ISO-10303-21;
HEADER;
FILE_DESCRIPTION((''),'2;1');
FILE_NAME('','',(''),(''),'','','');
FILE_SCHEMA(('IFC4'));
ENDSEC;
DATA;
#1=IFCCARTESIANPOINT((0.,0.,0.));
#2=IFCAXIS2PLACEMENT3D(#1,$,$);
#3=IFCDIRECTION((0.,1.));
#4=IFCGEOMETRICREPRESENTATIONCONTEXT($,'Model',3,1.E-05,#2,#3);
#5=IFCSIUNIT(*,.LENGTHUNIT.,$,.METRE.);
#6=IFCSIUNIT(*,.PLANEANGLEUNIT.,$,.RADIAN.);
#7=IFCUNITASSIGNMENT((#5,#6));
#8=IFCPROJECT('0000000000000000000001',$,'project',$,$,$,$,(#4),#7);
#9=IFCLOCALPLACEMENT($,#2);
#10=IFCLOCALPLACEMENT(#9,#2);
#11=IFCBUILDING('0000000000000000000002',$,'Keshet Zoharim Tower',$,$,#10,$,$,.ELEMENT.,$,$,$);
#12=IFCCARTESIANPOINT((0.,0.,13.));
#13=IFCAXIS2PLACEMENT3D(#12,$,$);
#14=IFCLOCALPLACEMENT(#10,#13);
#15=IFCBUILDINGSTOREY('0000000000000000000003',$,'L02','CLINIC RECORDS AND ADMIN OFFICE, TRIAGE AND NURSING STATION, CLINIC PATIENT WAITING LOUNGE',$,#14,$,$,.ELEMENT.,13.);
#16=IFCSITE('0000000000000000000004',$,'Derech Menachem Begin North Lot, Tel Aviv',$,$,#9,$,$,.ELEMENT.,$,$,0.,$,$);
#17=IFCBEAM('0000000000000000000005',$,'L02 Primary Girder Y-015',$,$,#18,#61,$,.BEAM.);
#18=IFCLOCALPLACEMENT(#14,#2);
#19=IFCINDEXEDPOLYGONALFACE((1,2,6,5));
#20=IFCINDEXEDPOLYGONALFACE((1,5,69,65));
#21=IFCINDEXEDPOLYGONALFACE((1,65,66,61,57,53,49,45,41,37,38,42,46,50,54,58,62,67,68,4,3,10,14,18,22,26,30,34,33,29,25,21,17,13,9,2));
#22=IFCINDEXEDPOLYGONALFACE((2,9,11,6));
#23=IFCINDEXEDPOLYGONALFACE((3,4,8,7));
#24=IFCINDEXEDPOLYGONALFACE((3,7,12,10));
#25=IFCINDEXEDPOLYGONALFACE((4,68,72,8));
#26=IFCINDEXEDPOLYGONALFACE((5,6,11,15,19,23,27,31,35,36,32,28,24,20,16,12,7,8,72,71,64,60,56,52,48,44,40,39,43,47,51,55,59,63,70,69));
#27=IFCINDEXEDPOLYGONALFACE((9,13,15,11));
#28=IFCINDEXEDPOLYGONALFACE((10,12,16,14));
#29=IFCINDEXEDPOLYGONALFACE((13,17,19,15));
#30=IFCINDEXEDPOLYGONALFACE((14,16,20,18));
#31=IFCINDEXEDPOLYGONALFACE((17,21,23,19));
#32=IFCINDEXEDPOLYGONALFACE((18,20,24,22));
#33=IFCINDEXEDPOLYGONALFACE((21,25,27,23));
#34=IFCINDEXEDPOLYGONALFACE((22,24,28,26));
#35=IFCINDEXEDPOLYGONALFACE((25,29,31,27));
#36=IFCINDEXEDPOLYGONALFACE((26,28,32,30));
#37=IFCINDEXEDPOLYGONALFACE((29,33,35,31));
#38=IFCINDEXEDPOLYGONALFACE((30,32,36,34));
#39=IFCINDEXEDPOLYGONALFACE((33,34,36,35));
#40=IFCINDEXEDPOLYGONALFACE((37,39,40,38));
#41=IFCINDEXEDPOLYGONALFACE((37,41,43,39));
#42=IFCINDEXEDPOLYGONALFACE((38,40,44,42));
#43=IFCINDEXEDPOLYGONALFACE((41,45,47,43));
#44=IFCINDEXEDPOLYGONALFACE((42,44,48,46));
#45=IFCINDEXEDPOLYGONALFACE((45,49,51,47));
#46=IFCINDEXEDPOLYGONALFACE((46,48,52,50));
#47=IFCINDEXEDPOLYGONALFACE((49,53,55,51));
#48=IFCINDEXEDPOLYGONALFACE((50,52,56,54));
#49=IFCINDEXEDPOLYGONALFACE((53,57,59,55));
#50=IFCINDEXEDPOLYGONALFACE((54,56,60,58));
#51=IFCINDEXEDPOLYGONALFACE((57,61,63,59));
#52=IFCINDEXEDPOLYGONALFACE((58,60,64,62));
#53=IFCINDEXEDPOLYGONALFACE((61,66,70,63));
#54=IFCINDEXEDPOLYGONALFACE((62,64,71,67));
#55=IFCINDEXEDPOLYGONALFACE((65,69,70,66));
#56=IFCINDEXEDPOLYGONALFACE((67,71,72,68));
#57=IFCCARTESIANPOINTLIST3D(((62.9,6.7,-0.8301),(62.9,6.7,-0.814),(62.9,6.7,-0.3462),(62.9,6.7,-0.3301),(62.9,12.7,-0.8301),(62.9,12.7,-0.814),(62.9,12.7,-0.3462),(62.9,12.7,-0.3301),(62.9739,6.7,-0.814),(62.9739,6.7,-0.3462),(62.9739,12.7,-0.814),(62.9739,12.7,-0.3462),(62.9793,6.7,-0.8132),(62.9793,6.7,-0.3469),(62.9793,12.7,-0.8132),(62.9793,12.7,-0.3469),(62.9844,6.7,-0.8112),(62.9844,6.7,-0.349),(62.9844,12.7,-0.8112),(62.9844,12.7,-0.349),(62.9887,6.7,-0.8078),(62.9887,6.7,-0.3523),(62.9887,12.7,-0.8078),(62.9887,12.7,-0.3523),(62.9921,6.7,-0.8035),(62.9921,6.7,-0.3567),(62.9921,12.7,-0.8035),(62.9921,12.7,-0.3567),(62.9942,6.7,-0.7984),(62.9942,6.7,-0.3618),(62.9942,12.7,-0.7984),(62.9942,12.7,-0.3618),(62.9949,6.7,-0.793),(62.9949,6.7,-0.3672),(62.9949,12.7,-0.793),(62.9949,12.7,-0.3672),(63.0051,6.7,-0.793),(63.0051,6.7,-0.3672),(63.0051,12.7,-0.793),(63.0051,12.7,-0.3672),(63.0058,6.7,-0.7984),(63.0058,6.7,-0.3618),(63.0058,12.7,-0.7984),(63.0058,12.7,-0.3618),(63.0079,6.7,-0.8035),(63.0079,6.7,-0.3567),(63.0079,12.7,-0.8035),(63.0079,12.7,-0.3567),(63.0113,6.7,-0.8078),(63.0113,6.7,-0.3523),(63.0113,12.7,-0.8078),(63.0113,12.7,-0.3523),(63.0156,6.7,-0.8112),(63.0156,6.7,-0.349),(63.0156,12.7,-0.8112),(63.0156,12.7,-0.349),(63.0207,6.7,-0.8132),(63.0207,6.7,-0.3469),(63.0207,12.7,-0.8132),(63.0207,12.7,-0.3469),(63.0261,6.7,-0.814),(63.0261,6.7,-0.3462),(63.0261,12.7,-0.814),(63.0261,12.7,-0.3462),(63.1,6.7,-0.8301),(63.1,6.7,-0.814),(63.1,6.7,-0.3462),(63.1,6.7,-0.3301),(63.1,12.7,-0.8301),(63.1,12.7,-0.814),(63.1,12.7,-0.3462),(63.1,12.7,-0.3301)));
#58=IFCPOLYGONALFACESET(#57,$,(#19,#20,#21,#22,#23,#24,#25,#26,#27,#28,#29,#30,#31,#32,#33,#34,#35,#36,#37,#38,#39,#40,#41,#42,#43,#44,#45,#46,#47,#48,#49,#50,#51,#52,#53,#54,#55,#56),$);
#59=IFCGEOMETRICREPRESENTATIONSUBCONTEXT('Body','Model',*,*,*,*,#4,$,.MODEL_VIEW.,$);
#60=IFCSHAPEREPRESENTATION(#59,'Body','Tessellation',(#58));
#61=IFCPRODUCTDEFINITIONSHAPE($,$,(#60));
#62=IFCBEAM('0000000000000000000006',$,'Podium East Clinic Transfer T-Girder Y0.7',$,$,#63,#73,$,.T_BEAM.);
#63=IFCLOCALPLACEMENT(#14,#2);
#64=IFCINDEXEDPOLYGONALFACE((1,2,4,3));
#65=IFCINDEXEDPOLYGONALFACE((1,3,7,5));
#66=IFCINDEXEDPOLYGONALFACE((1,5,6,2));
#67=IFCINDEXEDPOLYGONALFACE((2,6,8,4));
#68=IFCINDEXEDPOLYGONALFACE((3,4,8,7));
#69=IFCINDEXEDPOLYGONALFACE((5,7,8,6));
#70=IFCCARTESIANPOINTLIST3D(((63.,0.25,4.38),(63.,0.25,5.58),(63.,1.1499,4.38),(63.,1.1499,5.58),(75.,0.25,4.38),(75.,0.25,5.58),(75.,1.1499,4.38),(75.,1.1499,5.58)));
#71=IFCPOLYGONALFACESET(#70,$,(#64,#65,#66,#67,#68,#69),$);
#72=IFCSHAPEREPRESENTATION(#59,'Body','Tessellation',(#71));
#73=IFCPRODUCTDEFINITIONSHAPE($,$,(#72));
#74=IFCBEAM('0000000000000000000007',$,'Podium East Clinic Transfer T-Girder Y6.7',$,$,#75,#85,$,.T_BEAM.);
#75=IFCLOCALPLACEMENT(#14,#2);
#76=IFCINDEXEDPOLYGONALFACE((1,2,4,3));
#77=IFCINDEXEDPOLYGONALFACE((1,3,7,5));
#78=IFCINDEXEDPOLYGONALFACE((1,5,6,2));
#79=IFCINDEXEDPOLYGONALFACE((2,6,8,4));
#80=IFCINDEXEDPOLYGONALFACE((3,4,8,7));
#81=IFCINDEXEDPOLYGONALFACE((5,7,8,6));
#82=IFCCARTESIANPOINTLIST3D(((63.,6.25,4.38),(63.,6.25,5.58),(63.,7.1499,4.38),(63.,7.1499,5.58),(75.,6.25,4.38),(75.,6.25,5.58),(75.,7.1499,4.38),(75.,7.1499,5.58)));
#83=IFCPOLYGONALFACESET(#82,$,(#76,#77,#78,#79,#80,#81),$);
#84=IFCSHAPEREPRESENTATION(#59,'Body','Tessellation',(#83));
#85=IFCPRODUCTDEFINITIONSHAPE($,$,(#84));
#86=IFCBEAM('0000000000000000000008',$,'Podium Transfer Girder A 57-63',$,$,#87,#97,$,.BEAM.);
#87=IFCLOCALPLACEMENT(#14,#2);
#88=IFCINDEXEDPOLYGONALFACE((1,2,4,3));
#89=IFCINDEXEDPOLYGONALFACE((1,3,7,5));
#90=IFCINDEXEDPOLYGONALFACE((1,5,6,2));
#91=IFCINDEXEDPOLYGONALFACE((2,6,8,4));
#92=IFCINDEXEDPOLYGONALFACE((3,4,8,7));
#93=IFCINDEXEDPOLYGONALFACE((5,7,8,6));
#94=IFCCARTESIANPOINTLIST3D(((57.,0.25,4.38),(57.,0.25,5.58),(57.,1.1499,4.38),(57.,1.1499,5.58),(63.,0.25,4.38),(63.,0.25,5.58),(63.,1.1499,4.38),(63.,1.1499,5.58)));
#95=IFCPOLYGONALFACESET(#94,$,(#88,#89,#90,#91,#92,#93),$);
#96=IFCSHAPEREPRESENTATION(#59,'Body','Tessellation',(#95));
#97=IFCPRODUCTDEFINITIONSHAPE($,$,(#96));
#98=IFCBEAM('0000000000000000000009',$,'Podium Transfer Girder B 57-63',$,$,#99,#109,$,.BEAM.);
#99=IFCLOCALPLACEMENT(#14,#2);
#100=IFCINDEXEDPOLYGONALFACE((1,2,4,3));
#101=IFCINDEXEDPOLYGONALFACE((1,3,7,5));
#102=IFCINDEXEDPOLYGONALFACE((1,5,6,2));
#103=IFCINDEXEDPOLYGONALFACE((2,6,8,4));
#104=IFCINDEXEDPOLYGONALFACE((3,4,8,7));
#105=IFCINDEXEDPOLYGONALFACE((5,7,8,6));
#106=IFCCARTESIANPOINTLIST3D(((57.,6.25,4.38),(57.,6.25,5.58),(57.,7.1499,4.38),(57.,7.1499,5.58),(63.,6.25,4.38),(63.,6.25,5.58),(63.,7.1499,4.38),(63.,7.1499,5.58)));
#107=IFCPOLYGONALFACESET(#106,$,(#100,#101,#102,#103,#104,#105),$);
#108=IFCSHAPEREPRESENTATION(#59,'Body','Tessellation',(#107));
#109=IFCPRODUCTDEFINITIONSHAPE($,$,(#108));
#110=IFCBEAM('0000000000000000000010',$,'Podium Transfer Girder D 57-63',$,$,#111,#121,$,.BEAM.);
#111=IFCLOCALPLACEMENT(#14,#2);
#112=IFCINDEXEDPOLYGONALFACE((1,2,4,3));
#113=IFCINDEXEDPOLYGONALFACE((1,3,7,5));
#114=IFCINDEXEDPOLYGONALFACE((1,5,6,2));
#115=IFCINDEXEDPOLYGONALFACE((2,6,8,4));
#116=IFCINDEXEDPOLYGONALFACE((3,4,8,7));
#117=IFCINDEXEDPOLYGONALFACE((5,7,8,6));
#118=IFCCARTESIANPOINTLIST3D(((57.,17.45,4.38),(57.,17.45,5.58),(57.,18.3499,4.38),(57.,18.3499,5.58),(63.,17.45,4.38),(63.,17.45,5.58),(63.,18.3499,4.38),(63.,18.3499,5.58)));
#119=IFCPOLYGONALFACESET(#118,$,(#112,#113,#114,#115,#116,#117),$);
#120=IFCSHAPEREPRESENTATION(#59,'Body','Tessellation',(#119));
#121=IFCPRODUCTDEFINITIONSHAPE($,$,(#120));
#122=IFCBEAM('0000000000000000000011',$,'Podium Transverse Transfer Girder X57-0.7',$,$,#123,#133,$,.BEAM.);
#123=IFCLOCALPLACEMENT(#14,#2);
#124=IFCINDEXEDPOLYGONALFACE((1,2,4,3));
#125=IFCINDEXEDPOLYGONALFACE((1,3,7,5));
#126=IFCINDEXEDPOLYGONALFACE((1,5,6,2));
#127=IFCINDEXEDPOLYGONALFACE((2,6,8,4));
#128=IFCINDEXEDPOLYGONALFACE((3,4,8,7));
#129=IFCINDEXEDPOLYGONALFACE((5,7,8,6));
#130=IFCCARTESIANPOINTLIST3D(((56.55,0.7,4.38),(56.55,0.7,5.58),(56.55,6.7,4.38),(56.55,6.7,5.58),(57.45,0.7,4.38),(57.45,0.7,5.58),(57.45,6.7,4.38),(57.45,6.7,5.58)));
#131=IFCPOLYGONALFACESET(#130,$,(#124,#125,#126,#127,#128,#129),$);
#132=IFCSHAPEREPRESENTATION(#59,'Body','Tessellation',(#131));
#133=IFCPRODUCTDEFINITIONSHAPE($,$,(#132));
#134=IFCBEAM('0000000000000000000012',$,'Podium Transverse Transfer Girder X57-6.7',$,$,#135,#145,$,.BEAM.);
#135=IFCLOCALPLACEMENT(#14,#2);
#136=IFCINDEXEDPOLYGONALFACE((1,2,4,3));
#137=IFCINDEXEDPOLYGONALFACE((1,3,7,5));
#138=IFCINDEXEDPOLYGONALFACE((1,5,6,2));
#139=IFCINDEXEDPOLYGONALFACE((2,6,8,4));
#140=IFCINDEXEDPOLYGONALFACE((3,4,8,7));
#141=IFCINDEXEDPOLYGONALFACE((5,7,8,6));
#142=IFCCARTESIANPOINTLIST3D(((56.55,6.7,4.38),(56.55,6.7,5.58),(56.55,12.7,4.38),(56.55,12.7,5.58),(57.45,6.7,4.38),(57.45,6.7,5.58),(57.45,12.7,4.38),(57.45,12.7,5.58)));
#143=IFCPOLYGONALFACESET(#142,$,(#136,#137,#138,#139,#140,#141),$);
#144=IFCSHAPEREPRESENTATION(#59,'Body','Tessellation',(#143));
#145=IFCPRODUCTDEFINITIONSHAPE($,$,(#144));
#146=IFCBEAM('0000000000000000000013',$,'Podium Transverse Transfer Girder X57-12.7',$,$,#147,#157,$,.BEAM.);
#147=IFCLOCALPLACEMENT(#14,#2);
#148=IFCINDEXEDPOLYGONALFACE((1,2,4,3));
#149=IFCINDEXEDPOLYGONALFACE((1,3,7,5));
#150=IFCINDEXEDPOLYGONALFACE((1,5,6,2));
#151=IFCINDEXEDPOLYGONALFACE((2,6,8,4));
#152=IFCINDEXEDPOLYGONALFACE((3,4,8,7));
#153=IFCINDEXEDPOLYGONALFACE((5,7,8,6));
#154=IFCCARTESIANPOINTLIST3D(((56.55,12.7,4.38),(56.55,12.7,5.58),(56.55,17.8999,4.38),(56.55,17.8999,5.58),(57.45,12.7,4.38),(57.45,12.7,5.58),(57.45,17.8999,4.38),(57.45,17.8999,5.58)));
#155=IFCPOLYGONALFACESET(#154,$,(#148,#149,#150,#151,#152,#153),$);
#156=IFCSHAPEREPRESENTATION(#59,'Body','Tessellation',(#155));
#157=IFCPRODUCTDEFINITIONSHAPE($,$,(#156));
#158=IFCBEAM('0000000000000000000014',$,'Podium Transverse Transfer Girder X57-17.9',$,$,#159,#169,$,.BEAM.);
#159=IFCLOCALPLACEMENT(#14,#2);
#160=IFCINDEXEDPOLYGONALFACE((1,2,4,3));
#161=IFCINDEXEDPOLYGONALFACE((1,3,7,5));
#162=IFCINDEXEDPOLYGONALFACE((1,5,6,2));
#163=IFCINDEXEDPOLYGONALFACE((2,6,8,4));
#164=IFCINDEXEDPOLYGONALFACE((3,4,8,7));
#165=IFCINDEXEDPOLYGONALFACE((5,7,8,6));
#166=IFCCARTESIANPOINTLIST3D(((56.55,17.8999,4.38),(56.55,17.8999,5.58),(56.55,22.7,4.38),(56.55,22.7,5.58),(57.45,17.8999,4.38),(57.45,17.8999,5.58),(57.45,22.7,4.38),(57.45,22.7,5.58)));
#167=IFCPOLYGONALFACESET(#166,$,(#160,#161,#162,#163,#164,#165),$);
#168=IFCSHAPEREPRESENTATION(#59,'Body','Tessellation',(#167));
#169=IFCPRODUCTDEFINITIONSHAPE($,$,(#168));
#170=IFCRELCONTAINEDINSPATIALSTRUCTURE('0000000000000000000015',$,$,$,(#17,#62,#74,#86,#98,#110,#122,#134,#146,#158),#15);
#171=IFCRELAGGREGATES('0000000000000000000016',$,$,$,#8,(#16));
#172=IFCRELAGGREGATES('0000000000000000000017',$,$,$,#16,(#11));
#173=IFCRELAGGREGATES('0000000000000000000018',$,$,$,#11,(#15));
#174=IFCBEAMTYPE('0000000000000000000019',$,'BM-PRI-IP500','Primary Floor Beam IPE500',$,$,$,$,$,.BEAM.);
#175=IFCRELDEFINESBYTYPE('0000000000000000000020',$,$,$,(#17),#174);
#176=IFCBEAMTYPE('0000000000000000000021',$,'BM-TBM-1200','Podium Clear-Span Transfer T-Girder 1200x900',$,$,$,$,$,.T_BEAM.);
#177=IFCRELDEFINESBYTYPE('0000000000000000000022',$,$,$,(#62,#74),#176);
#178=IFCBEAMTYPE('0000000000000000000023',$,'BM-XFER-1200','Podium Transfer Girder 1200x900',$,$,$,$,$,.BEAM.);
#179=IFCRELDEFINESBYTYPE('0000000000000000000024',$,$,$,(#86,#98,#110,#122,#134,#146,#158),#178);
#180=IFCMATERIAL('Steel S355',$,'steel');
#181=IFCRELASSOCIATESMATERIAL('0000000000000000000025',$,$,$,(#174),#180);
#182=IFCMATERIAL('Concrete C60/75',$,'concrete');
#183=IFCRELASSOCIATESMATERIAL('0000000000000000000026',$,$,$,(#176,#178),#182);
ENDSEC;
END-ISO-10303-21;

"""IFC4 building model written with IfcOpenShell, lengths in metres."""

from ifc_helpers import new_model, si_unit, direction, frame, origin, origin_2d, place, context, subcontext, project, spatial, rectangle, i_section, extrude, material, material_profile, profile_set, type_object, element, save


model = new_model("IFC4")

# Units and contexts
model_context = context("Model", 3, precision=1e-05, world=origin(), true_north=direction((0.0, 1.0)))
body_context = subcontext(model_context, "Body", "Model", "MODEL_VIEW")
ifc_project = project(units=[si_unit("LENGTHUNIT", "METRE"), si_unit("PLANEANGLEUNIT", "RADIAN")], contexts=[model_context])

# Site, building, storey
site_placement = place(None, origin())
site = spatial("IfcSite", under=ifc_project, at=site_placement, Name="Derech Menachem Begin North Lot, Tel Aviv", CompositionType="ELEMENT", RefElevation=0.0)
building_placement = place(site_placement, origin())
building = spatial("IfcBuilding", under=site, at=building_placement, Name="Keshet Zoharim Tower", CompositionType="ELEMENT")
storey_placement = place(building_placement, frame((0.0, 0.0, 13.0)))
storey = spatial("IfcBuildingStorey", under=building, at=storey_placement, Name="L02", Description="CLINIC RECORDS AND ADMIN OFFICE, TRIAGE AND NURSING STATION, CLINIC PATIENT WAITING LOUNGE", CompositionType="ELEMENT", Elevation=13.0)

# Shared definitions
ifc_material_1 = material(Name="Steel S355", Category="steel")
ifc_material_2 = material(Name="Concrete C60/75", Category="concrete")

# Beams
ifc_material_profile_1 = material_profile(ifc_material_1, i_section(OverallWidth=0.2, OverallDepth=0.5, WebThickness=0.0103, FlangeThickness=0.0161, FilletRadius=0.021, at=origin_2d()), Name="IPE500")
ifc_profile_set_1 = profile_set([ifc_material_profile_1], Name="Steel S355")
beam_type_1 = type_object("IfcBeamType", Name="BM-PRI-IP500", Description="Primary Floor Beam IPE500", PredefinedType="BEAM", material=ifc_profile_set_1)
for number, where, z_axis, x_axis, name in (
    (1, (63.0, 6.7, -0.5801), (0.0, 1.0, 0.0), (-1.0, 0.0, 0.0), "L02 Primary Girder Y-015"),
):
    element("IfcBeam", number, at=place(storey_placement, frame(where, z_axis=z_axis, x_axis=x_axis)), inside=storey, type_object=beam_type_1, Name=name, PredefinedType="BEAM", context=body_context, shape_type="SweptSolid", body=[
        extrude(i_section(OverallWidth=0.2, OverallDepth=0.5, WebThickness=0.0103, FlangeThickness=0.0161, FilletRadius=0.021, at=origin_2d()), origin(), (0.0, 0.0, 1.0), 6.0),
    ])
ifc_material_profile_2 = material_profile(ifc_material_2, rectangle(XDim=0.8999, YDim=1.2, at=origin_2d()), Name="RC1200x900")
ifc_profile_set_2 = profile_set([ifc_material_profile_2], Name="Concrete C60/75")
beam_type_2 = type_object("IfcBeamType", Name="BM-TBM-1200", Description="Podium Clear-Span Transfer T-Girder 1200x900", PredefinedType="T_BEAM", material=ifc_profile_set_2)
for number, where, z_axis, x_axis, name in (
    (2, (63.0, 0.7, 4.98), (1.0, 0.0, 0.0), (0.0, 1.0, 0.0), "Podium East Clinic Transfer T-Girder Y0.7"),
    (3, (63.0, 6.7, 4.98), (1.0, 0.0, 0.0), (0.0, 1.0, 0.0), "Podium East Clinic Transfer T-Girder Y6.7"),
):
    element("IfcBeam", number, at=place(storey_placement, frame(where, z_axis=z_axis, x_axis=x_axis)), inside=storey, type_object=beam_type_2, Name=name, PredefinedType="T_BEAM", context=body_context, shape_type="SweptSolid", body=[
        extrude(rectangle(XDim=0.8999, YDim=1.2, at=origin_2d()), origin(), (0.0, 0.0, 1.0), 12.0),
    ])
ifc_material_profile_3 = material_profile(ifc_material_2, rectangle(XDim=0.8999, YDim=1.2, at=origin_2d()), Name="RC1200x900")
ifc_profile_set_3 = profile_set([ifc_material_profile_3], Name="Concrete C60/75")
beam_type_3 = type_object("IfcBeamType", Name="BM-XFER-1200", Description="Podium Transfer Girder 1200x900", PredefinedType="BEAM", material=ifc_profile_set_3)
for number, where, z_axis, x_axis, name in (
    (4, (57.0, 0.7, 4.98), (1.0, 0.0, 0.0), (0.0, 1.0, 0.0), "Podium Transfer Girder A 57-63"),
    (5, (57.0, 6.7, 4.98), (1.0, 0.0, 0.0), (0.0, 1.0, 0.0), "Podium Transfer Girder B 57-63"),
    (6, (57.0, 17.8999, 4.98), (1.0, 0.0, 0.0), (0.0, 1.0, 0.0), "Podium Transfer Girder D 57-63"),
    (7, (57.0, 0.7, 4.98), (0.0, 1.0, 0.0), (-1.0, 0.0, 0.0), "Podium Transverse Transfer Girder X57-0.7"),
    (8, (57.0, 6.7, 4.98), (0.0, 1.0, 0.0), (-1.0, 0.0, 0.0), "Podium Transverse Transfer Girder X57-6.7"),
):
    element("IfcBeam", number, at=place(storey_placement, frame(where, z_axis=z_axis, x_axis=x_axis)), inside=storey, type_object=beam_type_3, Name=name, PredefinedType="BEAM", context=body_context, shape_type="SweptSolid", body=[
        extrude(rectangle(XDim=0.8999, YDim=1.2, at=origin_2d()), origin(), (0.0, 0.0, 1.0), 6.0),
    ])
beam_1_placement = place(storey_placement, frame((57.0, 12.7, 4.98), z_axis=(0.0, 1.0, 0.0), x_axis=(-1.0, 0.0, 0.0)))
element("IfcBeam", 9, at=beam_1_placement, inside=storey, type_object=beam_type_3, Name="Podium Transverse Transfer Girder X57-12.7", PredefinedType="BEAM", context=body_context, shape_type="SweptSolid", body=[
    extrude(rectangle(XDim=0.8999, YDim=1.2, at=origin_2d()), origin(), (0.0, 0.0, 1.0), 5.2),
])
beam_2_placement = place(storey_placement, frame((57.0, 17.8999, 4.98), z_axis=(0.0, 1.0, 0.0), x_axis=(-1.0, 0.0, 0.0)))
element("IfcBeam", 10, at=beam_2_placement, inside=storey, type_object=beam_type_3, Name="Podium Transverse Transfer Girder X57-17.9", PredefinedType="BEAM", context=body_context, shape_type="SweptSolid", body=[
    extrude(rectangle(XDim=0.8999, YDim=1.2, at=origin_2d()), origin(), (0.0, 0.0, 1.0), 4.8),
])

save(model, "model.ifc")
